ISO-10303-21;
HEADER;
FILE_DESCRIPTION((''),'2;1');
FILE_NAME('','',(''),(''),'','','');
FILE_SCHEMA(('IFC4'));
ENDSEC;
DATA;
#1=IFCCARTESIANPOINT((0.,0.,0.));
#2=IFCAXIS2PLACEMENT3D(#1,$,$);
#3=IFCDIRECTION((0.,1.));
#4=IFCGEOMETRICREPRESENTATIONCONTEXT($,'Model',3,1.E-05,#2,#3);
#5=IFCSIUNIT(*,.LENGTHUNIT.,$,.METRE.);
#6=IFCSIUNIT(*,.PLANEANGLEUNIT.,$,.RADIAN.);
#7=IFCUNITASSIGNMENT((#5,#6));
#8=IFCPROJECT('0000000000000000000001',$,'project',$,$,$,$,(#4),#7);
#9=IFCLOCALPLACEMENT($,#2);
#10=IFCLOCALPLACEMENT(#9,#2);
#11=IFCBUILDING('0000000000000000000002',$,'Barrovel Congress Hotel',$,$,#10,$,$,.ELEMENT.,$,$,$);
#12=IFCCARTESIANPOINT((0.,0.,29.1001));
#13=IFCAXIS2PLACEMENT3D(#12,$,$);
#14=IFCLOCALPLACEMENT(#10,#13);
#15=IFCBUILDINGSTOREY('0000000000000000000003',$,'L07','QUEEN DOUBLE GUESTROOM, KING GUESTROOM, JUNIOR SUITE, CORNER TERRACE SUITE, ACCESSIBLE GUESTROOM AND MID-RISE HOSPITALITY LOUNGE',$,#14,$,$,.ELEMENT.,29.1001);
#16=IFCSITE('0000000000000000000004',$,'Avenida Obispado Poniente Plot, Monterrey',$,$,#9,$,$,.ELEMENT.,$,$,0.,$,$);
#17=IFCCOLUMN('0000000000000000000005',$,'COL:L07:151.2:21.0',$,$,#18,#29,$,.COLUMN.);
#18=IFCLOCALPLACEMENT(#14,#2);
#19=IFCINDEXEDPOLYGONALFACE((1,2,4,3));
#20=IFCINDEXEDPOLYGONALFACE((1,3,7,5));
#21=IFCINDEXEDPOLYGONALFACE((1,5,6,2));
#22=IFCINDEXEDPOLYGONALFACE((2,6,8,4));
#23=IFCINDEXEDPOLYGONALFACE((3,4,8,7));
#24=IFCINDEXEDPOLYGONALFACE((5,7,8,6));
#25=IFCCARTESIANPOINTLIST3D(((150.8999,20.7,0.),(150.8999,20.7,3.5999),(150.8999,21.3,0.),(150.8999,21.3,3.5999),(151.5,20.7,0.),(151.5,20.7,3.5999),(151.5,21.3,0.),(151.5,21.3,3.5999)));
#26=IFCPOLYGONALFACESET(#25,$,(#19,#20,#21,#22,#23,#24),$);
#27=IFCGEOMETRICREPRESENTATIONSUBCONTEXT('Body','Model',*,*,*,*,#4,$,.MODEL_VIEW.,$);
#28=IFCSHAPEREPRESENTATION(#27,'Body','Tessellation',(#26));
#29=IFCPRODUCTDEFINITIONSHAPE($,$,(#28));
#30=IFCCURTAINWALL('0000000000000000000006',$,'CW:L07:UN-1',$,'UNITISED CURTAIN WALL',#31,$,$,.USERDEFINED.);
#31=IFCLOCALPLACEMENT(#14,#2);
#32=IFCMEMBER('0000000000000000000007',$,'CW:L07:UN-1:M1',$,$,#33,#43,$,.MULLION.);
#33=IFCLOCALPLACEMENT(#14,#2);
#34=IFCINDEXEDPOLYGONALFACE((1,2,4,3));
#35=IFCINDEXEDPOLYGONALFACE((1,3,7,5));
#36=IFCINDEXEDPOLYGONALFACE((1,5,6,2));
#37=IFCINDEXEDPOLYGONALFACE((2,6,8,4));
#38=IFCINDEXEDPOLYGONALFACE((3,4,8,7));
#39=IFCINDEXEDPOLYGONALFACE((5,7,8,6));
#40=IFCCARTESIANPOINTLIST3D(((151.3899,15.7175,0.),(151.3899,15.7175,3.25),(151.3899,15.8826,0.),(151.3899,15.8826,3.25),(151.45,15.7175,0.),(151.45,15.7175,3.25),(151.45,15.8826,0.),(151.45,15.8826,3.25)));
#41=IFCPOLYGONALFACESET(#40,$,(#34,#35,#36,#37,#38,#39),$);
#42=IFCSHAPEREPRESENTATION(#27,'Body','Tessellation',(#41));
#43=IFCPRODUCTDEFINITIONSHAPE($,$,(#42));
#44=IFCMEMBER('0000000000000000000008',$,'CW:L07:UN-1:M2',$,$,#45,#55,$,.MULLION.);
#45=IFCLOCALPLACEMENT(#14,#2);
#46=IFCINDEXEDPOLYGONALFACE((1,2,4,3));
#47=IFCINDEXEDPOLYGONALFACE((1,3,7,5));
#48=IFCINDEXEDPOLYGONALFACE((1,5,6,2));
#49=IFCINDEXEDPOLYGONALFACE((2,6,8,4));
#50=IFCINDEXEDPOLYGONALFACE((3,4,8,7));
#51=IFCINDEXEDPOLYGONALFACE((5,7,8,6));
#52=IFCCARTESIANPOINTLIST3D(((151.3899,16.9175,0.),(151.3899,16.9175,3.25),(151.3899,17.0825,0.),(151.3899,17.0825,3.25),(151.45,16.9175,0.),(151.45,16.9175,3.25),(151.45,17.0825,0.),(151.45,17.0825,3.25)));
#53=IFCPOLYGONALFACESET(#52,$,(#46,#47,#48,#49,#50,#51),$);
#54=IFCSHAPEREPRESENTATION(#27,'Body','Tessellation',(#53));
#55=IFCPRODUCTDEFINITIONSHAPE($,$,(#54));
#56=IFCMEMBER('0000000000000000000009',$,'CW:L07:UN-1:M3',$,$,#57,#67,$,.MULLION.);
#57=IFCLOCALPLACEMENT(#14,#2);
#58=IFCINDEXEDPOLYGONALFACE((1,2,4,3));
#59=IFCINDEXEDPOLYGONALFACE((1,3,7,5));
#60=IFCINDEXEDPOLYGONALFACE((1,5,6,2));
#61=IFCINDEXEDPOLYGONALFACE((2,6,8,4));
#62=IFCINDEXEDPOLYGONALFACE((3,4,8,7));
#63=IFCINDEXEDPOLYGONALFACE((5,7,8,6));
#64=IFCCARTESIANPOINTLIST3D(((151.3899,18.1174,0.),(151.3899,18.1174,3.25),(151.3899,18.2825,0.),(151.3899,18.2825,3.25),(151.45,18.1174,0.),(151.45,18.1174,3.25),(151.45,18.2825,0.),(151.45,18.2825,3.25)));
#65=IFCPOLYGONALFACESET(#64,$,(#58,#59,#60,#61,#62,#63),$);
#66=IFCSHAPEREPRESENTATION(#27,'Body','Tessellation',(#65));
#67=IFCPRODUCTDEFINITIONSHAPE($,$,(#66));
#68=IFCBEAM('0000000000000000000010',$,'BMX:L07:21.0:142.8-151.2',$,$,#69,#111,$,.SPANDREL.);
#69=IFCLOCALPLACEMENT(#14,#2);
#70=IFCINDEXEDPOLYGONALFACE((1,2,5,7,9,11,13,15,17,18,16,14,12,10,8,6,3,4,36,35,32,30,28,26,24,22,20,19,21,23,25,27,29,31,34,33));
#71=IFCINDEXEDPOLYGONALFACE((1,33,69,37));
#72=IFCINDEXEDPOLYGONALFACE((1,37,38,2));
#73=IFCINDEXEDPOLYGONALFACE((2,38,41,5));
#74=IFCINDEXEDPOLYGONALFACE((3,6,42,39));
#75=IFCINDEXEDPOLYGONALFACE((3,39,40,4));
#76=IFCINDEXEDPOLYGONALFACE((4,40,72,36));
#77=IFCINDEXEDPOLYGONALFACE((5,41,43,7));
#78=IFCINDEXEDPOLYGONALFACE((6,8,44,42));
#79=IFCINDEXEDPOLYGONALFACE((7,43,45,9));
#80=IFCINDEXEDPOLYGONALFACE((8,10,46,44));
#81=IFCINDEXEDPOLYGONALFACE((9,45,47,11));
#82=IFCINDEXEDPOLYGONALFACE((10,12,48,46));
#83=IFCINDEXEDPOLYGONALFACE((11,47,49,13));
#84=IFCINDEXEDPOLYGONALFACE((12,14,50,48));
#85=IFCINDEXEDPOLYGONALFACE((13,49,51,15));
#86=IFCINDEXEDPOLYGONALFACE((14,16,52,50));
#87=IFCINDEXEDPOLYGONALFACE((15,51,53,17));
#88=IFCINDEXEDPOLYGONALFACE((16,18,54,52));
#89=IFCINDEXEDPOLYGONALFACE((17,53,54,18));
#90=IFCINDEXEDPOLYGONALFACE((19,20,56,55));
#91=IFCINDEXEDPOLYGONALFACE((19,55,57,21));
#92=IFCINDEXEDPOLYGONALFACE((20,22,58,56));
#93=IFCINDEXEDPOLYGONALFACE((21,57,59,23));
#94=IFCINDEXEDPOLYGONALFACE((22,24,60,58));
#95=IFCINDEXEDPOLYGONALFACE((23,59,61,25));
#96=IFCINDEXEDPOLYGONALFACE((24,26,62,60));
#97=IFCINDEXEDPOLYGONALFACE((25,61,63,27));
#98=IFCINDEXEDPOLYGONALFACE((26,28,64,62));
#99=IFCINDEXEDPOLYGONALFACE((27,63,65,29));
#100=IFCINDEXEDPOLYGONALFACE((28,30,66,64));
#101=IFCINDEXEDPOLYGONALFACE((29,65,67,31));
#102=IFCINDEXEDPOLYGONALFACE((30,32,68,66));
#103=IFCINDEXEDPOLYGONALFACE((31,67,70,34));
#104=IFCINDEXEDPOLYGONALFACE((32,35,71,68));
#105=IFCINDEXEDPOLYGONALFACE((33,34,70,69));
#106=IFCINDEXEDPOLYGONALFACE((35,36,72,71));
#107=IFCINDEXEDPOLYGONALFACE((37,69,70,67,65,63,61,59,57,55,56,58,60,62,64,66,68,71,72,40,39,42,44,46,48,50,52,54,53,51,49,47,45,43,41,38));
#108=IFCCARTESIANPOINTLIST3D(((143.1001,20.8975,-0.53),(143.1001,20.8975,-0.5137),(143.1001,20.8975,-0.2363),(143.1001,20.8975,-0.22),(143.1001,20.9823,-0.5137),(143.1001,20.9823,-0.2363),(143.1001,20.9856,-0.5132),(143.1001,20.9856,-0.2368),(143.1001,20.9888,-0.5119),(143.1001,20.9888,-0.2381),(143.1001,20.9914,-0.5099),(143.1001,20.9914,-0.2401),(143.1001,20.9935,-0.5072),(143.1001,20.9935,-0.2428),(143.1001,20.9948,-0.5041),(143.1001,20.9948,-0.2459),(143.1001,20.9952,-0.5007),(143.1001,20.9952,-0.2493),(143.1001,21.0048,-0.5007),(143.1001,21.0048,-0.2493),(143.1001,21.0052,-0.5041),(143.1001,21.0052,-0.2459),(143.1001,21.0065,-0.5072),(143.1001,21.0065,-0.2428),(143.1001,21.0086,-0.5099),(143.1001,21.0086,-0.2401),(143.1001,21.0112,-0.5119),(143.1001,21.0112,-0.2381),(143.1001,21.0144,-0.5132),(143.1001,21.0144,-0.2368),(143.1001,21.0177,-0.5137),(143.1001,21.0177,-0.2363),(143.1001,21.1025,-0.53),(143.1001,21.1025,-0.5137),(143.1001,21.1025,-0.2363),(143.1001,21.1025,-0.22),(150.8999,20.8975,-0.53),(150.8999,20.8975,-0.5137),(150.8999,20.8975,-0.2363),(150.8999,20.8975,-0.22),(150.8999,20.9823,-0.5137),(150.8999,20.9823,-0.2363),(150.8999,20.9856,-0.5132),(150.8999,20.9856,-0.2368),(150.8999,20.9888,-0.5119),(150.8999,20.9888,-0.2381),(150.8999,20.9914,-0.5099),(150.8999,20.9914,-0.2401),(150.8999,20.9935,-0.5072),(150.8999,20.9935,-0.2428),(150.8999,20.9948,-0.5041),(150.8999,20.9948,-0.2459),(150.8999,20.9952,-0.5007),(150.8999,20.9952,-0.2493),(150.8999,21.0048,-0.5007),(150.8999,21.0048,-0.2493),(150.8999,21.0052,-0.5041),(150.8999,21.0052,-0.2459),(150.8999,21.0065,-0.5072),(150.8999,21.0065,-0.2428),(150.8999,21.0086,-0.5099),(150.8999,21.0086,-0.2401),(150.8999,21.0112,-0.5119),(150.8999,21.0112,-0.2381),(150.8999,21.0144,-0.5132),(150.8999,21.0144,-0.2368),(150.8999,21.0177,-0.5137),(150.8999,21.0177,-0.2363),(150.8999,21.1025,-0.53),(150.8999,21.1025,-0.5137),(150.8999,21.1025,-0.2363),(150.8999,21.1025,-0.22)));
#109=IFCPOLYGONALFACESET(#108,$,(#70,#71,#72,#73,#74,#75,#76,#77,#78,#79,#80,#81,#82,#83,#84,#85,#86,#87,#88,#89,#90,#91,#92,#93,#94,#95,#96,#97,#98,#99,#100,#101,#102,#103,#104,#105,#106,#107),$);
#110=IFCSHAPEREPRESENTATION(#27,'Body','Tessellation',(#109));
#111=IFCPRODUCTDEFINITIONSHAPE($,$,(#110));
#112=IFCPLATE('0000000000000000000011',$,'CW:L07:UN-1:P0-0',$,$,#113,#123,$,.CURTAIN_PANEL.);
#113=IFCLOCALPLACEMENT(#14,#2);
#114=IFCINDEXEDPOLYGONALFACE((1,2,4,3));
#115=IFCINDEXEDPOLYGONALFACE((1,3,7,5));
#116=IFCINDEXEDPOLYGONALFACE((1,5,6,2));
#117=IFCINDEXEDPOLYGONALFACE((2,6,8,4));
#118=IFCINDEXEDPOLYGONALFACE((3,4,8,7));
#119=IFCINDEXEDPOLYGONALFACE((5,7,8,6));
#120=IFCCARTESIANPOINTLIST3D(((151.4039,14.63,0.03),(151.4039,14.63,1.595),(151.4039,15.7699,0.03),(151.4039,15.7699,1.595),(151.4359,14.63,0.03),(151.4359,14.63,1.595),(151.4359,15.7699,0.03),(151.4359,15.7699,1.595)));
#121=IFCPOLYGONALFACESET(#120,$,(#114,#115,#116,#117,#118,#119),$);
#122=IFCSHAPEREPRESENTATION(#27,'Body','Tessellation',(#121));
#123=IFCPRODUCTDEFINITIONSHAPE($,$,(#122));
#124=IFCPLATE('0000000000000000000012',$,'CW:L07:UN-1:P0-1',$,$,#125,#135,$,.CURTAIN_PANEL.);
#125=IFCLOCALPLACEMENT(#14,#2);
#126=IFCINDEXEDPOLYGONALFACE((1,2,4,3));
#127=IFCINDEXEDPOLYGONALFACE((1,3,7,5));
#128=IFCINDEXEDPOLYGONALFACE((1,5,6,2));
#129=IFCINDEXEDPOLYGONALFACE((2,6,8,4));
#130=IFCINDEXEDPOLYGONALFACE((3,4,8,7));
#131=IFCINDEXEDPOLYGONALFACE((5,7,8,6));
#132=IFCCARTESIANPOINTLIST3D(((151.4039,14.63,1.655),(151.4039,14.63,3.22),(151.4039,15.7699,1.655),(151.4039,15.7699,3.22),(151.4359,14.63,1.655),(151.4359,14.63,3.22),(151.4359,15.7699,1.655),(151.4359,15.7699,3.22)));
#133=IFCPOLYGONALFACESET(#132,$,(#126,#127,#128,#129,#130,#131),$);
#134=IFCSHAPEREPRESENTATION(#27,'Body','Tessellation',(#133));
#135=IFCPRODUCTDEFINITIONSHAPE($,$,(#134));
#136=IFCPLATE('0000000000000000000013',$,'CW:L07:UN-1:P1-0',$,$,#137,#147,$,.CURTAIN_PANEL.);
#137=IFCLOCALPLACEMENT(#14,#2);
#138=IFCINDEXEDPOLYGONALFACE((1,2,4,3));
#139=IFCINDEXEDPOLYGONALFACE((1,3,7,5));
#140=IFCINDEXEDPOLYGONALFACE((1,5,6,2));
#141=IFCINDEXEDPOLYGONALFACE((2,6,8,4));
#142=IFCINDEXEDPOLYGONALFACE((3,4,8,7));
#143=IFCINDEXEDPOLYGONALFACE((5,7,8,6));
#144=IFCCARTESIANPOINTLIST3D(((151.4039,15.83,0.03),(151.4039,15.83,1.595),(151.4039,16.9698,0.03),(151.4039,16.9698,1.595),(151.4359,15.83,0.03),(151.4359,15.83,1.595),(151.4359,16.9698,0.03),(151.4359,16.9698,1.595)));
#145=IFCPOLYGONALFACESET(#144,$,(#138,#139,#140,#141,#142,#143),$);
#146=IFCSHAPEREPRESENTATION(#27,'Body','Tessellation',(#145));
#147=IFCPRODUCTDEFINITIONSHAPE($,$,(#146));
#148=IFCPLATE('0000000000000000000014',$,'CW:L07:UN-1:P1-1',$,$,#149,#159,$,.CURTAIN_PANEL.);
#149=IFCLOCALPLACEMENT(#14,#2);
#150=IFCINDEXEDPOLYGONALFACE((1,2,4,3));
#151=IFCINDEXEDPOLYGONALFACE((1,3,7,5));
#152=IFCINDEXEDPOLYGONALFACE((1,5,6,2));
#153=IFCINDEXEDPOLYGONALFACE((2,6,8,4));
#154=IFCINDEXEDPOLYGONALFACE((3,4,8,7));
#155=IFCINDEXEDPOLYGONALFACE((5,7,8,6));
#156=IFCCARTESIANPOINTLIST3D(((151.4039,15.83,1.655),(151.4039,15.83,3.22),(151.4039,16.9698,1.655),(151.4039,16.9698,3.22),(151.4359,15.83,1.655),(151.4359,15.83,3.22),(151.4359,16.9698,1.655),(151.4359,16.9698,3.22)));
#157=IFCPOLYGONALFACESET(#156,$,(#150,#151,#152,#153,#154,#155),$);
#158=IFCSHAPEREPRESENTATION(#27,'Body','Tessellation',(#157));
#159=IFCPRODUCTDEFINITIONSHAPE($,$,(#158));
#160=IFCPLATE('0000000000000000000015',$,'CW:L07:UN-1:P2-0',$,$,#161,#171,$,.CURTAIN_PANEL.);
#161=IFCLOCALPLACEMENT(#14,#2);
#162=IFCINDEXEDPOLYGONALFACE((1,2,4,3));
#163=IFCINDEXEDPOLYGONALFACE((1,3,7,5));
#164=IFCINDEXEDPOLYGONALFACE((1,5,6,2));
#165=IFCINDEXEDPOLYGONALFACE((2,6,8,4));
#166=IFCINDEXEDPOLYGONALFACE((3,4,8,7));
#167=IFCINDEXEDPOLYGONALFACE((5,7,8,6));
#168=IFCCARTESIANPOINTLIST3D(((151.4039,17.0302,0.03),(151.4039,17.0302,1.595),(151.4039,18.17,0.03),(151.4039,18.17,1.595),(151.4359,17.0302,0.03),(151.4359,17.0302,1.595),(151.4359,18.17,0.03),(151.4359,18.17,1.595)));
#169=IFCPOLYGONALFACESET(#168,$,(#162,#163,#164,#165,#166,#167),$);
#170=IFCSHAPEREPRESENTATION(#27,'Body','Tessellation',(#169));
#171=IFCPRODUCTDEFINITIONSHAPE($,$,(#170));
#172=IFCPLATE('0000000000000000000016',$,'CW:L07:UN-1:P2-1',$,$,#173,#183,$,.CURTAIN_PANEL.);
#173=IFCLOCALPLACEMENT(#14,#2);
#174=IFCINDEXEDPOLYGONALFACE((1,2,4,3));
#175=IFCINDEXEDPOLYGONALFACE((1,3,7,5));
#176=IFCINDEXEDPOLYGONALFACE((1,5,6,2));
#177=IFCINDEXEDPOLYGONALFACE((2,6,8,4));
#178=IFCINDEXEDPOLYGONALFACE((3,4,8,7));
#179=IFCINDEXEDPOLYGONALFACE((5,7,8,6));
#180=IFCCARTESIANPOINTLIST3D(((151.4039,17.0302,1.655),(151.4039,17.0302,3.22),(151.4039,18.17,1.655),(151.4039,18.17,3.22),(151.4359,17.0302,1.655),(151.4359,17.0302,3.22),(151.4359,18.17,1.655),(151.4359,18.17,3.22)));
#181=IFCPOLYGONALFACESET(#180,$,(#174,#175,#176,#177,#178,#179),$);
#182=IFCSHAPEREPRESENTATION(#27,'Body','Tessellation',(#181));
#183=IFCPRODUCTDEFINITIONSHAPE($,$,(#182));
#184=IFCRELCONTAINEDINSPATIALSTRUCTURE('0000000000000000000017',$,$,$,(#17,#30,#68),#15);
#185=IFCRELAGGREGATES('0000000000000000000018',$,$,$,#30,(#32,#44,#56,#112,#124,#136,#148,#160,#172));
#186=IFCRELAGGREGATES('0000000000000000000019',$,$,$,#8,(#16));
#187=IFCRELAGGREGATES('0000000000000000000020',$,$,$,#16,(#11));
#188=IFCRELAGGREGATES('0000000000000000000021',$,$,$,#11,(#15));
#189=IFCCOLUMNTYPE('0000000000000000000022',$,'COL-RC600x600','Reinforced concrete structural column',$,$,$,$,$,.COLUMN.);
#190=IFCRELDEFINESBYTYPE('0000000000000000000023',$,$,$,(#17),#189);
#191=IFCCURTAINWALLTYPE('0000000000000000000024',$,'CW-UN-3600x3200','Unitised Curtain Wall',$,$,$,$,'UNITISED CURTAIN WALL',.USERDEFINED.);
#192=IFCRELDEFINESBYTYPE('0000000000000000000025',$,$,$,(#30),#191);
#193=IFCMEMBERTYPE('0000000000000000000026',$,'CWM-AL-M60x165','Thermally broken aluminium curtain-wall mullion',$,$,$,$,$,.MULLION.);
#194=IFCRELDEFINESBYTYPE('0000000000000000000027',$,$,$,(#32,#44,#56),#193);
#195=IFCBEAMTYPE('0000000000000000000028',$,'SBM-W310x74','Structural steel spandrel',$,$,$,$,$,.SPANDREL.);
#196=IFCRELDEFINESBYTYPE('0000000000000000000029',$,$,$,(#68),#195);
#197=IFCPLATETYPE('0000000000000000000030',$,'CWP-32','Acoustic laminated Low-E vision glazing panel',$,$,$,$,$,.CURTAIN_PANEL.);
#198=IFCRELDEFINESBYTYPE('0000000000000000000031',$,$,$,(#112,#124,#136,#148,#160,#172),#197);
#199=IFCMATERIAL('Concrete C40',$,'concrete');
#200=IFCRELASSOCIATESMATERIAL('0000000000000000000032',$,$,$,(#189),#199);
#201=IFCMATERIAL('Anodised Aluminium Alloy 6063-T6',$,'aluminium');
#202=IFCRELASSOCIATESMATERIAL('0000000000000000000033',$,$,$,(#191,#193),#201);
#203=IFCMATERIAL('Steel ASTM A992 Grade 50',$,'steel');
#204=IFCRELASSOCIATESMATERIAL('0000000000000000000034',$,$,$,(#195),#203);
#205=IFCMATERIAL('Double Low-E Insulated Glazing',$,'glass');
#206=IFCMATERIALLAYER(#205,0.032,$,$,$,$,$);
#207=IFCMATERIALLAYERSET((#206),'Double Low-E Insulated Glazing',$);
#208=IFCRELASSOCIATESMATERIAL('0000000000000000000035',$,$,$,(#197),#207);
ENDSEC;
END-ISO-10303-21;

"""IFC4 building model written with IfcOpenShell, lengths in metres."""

from ifc_helpers import new_model, si_unit, direction, frame, origin, origin_2d, place, context, subcontext, project, spatial, rectangle, i_section, extrude, material, layer, layer_set, material_profile, profile_set, type_object, element, aggregate, save


model = new_model("IFC4")

# Units and contexts
model_context = context("Model", 3, precision=1e-05, world=origin(), true_north=direction((0.0, 1.0)))
body_context = subcontext(model_context, "Body", "Model", "MODEL_VIEW")
ifc_project = project(units=[si_unit("LENGTHUNIT", "METRE"), si_unit("PLANEANGLEUNIT", "RADIAN")], contexts=[model_context])

# Site, building, storey
site_placement = place(None, origin())
site = spatial("IfcSite", under=ifc_project, at=site_placement, Name="Avenida Obispado Poniente Plot, Monterrey", CompositionType="ELEMENT", RefElevation=0.0)
building_placement = place(site_placement, origin())
building = spatial("IfcBuilding", under=site, at=building_placement, Name="Barrovel Congress Hotel", CompositionType="ELEMENT")
storey_placement = place(building_placement, frame((0.0, 0.0, 29.1001)))
storey = spatial("IfcBuildingStorey", under=building, at=storey_placement, Name="L07", Description="QUEEN DOUBLE GUESTROOM, KING GUESTROOM, JUNIOR SUITE, CORNER TERRACE SUITE, ACCESSIBLE GUESTROOM AND MID-RISE HOSPITALITY LOUNGE", CompositionType="ELEMENT", Elevation=29.1001)

# Column
ifc_material_1 = material(Name="Concrete C40", Category="concrete")
ifc_material_profile_1 = material_profile(ifc_material_1, rectangle(XDim=0.6001, YDim=0.6001, at=origin_2d()), Name="RC600x600")
ifc_profile_set_1 = profile_set([ifc_material_profile_1], Name="Concrete C40")
column_type = type_object("IfcColumnType", Name="COL-RC600x600", Description="Reinforced concrete structural column", PredefinedType="COLUMN", material=ifc_profile_set_1)
column_placement = place(storey_placement, frame((151.2, 21.0, 0.0), z_axis=(0.0, 0.0, 1.0), x_axis=(1.0, 0.0, 0.0)))
element("IfcColumn", 1, at=column_placement, inside=storey, type_object=column_type, Name="COL:L07:151.2:21.0", PredefinedType="COLUMN", context=body_context, shape_type="SweptSolid", body=[
    extrude(rectangle(XDim=0.6001, YDim=0.6001, at=origin_2d()), origin(), (0.0, 0.0, 1.0), 3.5999),
])

# Curtain wall, members
ifc_material_2 = material(Name="Anodised Aluminium Alloy 6063-T6", Category="aluminium")
curtain_wall_type = type_object("IfcCurtainWallType", Name="CW-UN-3600x3200", Description="Unitised Curtain Wall", ElementType="UNITISED CURTAIN WALL", PredefinedType="USERDEFINED", material=ifc_material_2)
curtain_wall_placement = place(storey_placement, origin())
curtain_wall = element("IfcCurtainWall", 2, at=curtain_wall_placement, inside=storey, type_object=curtain_wall_type, Name="CW:L07:UN-1", ObjectType="UNITISED CURTAIN WALL", PredefinedType="USERDEFINED")
ifc_material_profile_2 = material_profile(ifc_material_2, rectangle(XDim=0.0601, YDim=0.165, at=origin_2d()), Name="AL-M60x165")
ifc_profile_set_2 = profile_set([ifc_material_profile_2], Name="Anodised Aluminium Alloy 6063-T6")
member_type = type_object("IfcMemberType", Name="CWM-AL-M60x165", Description="Thermally broken aluminium curtain-wall mullion", PredefinedType="MULLION", material=ifc_profile_set_2)
member_1_placement = place(storey_placement, frame((151.4199, 15.8, 0.0), z_axis=(0.0, 0.0, 1.0), x_axis=(1.0, 0.0, 0.0)))
member_1 = element("IfcMember", 3, at=member_1_placement, type_object=member_type, Name="CW:L07:UN-1:M1", PredefinedType="MULLION", context=body_context, shape_type="SweptSolid", body=[
    extrude(rectangle(XDim=0.0601, YDim=0.165, at=origin_2d()), origin(), (0.0, 0.0, 1.0), 3.25),
])
member_2_placement = place(storey_placement, frame((151.4199, 17.0, 0.0), z_axis=(0.0, 0.0, 1.0), x_axis=(1.0, 0.0, 0.0)))
member_2 = element("IfcMember", 4, at=member_2_placement, type_object=member_type, Name="CW:L07:UN-1:M2", PredefinedType="MULLION", context=body_context, shape_type="SweptSolid", body=[
    extrude(rectangle(XDim=0.0601, YDim=0.165, at=origin_2d()), origin(), (0.0, 0.0, 1.0), 3.25),
])
member_3_placement = place(storey_placement, frame((151.4199, 18.2, 0.0), z_axis=(0.0, 0.0, 1.0), x_axis=(1.0, 0.0, 0.0)))
member_3 = element("IfcMember", 5, at=member_3_placement, type_object=member_type, Name="CW:L07:UN-1:M3", PredefinedType="MULLION", context=body_context, shape_type="SweptSolid", body=[
    extrude(rectangle(XDim=0.0601, YDim=0.165, at=origin_2d()), origin(), (0.0, 0.0, 1.0), 3.25),
])

# Beam
ifc_material_3 = material(Name="Steel ASTM A992 Grade 50", Category="steel")
ifc_material_profile_3 = material_profile(ifc_material_3, i_section(OverallWidth=0.2051, OverallDepth=0.3101, WebThickness=0.0095, FlangeThickness=0.0164, FilletRadius=0.0129, at=origin_2d()), Name="W310x74")
ifc_profile_set_3 = profile_set([ifc_material_profile_3], Name="Steel ASTM A992 Grade 50")
beam_type = type_object("IfcBeamType", Name="SBM-W310x74", Description="Structural steel spandrel", PredefinedType="SPANDREL", material=ifc_profile_set_3)
beam_placement = place(storey_placement, frame((143.1001, 21.0, -0.375), z_axis=(1.0, 0.0, 0.0), x_axis=(0.0, 1.0, 0.0)))
element("IfcBeam", 6, at=beam_placement, inside=storey, type_object=beam_type, Name="BMX:L07:21.0:142.8-151.2", PredefinedType="SPANDREL", context=body_context, shape_type="SweptSolid", body=[
    extrude(i_section(OverallWidth=0.2051, OverallDepth=0.3101, WebThickness=0.0095, FlangeThickness=0.0164, FilletRadius=0.0129, at=origin_2d()), origin(), (0.0, 0.0, 1.0), 7.7998),
])

# Plates
ifc_material_4 = material(Name="Double Low-E Insulated Glazing", Category="glass")
ifc_layer_1 = layer(ifc_material_4, 0.032)
ifc_layer_set_1 = layer_set([ifc_layer_1], Name="Double Low-E Insulated Glazing")
plate_type = type_object("IfcPlateType", Name="CWP-32", Description="Acoustic laminated Low-E vision glazing panel", PredefinedType="CURTAIN_PANEL", material=ifc_layer_set_1)
plate_1_placement = place(storey_placement, frame((151.4199, 15.2, 0.03), z_axis=(0.0, 0.0, 1.0), x_axis=(0.0, 1.0, 0.0)))
plate_1 = element("IfcPlate", 7, at=plate_1_placement, type_object=plate_type, Name="CW:L07:UN-1:P0-0", PredefinedType="CURTAIN_PANEL", context=body_context, shape_type="SweptSolid", body=[
    extrude(rectangle(XDim=1.1399, YDim=0.032, at=origin_2d()), origin(), (0.0, 0.0, 1.0), 1.5649),
])
plate_2_placement = place(storey_placement, frame((151.4199, 15.2, 1.655), z_axis=(0.0, 0.0, 1.0), x_axis=(0.0, 1.0, 0.0)))
plate_2 = element("IfcPlate", 8, at=plate_2_placement, type_object=plate_type, Name="CW:L07:UN-1:P0-1", PredefinedType="CURTAIN_PANEL", context=body_context, shape_type="SweptSolid", body=[
    extrude(rectangle(XDim=1.1399, YDim=0.032, at=origin_2d()), origin(), (0.0, 0.0, 1.0), 1.5649),
])
plate_3_placement = place(storey_placement, frame((151.4199, 16.3999, 0.03), z_axis=(0.0, 0.0, 1.0), x_axis=(0.0, 1.0, 0.0)))
plate_3 = element("IfcPlate", 9, at=plate_3_placement, type_object=plate_type, Name="CW:L07:UN-1:P1-0", PredefinedType="CURTAIN_PANEL", context=body_context, shape_type="SweptSolid", body=[
    extrude(rectangle(XDim=1.1399, YDim=0.032, at=origin_2d()), origin(), (0.0, 0.0, 1.0), 1.5649),
])
plate_4_placement = place(storey_placement, frame((151.4199, 16.3999, 1.655), z_axis=(0.0, 0.0, 1.0), x_axis=(0.0, 1.0, 0.0)))
plate_4 = element("IfcPlate", 10, at=plate_4_placement, type_object=plate_type, Name="CW:L07:UN-1:P1-1", PredefinedType="CURTAIN_PANEL", context=body_context, shape_type="SweptSolid", body=[
    extrude(rectangle(XDim=1.1399, YDim=0.032, at=origin_2d()), origin(), (0.0, 0.0, 1.0), 1.5649),
])
plate_5_placement = place(storey_placement, frame((151.4199, 17.6001, 0.03), z_axis=(0.0, 0.0, 1.0), x_axis=(0.0, 1.0, 0.0)))
plate_5 = element("IfcPlate", 11, at=plate_5_placement, type_object=plate_type, Name="CW:L07:UN-1:P2-0", PredefinedType="CURTAIN_PANEL", context=body_context, shape_type="SweptSolid", body=[
    extrude(rectangle(XDim=1.1399, YDim=0.032, at=origin_2d()), origin(), (0.0, 0.0, 1.0), 1.5649),
])
plate_6_placement = place(storey_placement, frame((151.4199, 17.6001, 1.655), z_axis=(0.0, 0.0, 1.0), x_axis=(0.0, 1.0, 0.0)))
plate_6 = element("IfcPlate", 12, at=plate_6_placement, type_object=plate_type, Name="CW:L07:UN-1:P2-1", PredefinedType="CURTAIN_PANEL", context=body_context, shape_type="SweptSolid", body=[
    extrude(rectangle(XDim=1.1399, YDim=0.032, at=origin_2d()), origin(), (0.0, 0.0, 1.0), 1.5649),
])
aggregate(curtain_wall, [member_1, member_2, member_3, plate_1, plate_2, plate_3, plate_4, plate_5, plate_6])

save(model, "model.ifc")
